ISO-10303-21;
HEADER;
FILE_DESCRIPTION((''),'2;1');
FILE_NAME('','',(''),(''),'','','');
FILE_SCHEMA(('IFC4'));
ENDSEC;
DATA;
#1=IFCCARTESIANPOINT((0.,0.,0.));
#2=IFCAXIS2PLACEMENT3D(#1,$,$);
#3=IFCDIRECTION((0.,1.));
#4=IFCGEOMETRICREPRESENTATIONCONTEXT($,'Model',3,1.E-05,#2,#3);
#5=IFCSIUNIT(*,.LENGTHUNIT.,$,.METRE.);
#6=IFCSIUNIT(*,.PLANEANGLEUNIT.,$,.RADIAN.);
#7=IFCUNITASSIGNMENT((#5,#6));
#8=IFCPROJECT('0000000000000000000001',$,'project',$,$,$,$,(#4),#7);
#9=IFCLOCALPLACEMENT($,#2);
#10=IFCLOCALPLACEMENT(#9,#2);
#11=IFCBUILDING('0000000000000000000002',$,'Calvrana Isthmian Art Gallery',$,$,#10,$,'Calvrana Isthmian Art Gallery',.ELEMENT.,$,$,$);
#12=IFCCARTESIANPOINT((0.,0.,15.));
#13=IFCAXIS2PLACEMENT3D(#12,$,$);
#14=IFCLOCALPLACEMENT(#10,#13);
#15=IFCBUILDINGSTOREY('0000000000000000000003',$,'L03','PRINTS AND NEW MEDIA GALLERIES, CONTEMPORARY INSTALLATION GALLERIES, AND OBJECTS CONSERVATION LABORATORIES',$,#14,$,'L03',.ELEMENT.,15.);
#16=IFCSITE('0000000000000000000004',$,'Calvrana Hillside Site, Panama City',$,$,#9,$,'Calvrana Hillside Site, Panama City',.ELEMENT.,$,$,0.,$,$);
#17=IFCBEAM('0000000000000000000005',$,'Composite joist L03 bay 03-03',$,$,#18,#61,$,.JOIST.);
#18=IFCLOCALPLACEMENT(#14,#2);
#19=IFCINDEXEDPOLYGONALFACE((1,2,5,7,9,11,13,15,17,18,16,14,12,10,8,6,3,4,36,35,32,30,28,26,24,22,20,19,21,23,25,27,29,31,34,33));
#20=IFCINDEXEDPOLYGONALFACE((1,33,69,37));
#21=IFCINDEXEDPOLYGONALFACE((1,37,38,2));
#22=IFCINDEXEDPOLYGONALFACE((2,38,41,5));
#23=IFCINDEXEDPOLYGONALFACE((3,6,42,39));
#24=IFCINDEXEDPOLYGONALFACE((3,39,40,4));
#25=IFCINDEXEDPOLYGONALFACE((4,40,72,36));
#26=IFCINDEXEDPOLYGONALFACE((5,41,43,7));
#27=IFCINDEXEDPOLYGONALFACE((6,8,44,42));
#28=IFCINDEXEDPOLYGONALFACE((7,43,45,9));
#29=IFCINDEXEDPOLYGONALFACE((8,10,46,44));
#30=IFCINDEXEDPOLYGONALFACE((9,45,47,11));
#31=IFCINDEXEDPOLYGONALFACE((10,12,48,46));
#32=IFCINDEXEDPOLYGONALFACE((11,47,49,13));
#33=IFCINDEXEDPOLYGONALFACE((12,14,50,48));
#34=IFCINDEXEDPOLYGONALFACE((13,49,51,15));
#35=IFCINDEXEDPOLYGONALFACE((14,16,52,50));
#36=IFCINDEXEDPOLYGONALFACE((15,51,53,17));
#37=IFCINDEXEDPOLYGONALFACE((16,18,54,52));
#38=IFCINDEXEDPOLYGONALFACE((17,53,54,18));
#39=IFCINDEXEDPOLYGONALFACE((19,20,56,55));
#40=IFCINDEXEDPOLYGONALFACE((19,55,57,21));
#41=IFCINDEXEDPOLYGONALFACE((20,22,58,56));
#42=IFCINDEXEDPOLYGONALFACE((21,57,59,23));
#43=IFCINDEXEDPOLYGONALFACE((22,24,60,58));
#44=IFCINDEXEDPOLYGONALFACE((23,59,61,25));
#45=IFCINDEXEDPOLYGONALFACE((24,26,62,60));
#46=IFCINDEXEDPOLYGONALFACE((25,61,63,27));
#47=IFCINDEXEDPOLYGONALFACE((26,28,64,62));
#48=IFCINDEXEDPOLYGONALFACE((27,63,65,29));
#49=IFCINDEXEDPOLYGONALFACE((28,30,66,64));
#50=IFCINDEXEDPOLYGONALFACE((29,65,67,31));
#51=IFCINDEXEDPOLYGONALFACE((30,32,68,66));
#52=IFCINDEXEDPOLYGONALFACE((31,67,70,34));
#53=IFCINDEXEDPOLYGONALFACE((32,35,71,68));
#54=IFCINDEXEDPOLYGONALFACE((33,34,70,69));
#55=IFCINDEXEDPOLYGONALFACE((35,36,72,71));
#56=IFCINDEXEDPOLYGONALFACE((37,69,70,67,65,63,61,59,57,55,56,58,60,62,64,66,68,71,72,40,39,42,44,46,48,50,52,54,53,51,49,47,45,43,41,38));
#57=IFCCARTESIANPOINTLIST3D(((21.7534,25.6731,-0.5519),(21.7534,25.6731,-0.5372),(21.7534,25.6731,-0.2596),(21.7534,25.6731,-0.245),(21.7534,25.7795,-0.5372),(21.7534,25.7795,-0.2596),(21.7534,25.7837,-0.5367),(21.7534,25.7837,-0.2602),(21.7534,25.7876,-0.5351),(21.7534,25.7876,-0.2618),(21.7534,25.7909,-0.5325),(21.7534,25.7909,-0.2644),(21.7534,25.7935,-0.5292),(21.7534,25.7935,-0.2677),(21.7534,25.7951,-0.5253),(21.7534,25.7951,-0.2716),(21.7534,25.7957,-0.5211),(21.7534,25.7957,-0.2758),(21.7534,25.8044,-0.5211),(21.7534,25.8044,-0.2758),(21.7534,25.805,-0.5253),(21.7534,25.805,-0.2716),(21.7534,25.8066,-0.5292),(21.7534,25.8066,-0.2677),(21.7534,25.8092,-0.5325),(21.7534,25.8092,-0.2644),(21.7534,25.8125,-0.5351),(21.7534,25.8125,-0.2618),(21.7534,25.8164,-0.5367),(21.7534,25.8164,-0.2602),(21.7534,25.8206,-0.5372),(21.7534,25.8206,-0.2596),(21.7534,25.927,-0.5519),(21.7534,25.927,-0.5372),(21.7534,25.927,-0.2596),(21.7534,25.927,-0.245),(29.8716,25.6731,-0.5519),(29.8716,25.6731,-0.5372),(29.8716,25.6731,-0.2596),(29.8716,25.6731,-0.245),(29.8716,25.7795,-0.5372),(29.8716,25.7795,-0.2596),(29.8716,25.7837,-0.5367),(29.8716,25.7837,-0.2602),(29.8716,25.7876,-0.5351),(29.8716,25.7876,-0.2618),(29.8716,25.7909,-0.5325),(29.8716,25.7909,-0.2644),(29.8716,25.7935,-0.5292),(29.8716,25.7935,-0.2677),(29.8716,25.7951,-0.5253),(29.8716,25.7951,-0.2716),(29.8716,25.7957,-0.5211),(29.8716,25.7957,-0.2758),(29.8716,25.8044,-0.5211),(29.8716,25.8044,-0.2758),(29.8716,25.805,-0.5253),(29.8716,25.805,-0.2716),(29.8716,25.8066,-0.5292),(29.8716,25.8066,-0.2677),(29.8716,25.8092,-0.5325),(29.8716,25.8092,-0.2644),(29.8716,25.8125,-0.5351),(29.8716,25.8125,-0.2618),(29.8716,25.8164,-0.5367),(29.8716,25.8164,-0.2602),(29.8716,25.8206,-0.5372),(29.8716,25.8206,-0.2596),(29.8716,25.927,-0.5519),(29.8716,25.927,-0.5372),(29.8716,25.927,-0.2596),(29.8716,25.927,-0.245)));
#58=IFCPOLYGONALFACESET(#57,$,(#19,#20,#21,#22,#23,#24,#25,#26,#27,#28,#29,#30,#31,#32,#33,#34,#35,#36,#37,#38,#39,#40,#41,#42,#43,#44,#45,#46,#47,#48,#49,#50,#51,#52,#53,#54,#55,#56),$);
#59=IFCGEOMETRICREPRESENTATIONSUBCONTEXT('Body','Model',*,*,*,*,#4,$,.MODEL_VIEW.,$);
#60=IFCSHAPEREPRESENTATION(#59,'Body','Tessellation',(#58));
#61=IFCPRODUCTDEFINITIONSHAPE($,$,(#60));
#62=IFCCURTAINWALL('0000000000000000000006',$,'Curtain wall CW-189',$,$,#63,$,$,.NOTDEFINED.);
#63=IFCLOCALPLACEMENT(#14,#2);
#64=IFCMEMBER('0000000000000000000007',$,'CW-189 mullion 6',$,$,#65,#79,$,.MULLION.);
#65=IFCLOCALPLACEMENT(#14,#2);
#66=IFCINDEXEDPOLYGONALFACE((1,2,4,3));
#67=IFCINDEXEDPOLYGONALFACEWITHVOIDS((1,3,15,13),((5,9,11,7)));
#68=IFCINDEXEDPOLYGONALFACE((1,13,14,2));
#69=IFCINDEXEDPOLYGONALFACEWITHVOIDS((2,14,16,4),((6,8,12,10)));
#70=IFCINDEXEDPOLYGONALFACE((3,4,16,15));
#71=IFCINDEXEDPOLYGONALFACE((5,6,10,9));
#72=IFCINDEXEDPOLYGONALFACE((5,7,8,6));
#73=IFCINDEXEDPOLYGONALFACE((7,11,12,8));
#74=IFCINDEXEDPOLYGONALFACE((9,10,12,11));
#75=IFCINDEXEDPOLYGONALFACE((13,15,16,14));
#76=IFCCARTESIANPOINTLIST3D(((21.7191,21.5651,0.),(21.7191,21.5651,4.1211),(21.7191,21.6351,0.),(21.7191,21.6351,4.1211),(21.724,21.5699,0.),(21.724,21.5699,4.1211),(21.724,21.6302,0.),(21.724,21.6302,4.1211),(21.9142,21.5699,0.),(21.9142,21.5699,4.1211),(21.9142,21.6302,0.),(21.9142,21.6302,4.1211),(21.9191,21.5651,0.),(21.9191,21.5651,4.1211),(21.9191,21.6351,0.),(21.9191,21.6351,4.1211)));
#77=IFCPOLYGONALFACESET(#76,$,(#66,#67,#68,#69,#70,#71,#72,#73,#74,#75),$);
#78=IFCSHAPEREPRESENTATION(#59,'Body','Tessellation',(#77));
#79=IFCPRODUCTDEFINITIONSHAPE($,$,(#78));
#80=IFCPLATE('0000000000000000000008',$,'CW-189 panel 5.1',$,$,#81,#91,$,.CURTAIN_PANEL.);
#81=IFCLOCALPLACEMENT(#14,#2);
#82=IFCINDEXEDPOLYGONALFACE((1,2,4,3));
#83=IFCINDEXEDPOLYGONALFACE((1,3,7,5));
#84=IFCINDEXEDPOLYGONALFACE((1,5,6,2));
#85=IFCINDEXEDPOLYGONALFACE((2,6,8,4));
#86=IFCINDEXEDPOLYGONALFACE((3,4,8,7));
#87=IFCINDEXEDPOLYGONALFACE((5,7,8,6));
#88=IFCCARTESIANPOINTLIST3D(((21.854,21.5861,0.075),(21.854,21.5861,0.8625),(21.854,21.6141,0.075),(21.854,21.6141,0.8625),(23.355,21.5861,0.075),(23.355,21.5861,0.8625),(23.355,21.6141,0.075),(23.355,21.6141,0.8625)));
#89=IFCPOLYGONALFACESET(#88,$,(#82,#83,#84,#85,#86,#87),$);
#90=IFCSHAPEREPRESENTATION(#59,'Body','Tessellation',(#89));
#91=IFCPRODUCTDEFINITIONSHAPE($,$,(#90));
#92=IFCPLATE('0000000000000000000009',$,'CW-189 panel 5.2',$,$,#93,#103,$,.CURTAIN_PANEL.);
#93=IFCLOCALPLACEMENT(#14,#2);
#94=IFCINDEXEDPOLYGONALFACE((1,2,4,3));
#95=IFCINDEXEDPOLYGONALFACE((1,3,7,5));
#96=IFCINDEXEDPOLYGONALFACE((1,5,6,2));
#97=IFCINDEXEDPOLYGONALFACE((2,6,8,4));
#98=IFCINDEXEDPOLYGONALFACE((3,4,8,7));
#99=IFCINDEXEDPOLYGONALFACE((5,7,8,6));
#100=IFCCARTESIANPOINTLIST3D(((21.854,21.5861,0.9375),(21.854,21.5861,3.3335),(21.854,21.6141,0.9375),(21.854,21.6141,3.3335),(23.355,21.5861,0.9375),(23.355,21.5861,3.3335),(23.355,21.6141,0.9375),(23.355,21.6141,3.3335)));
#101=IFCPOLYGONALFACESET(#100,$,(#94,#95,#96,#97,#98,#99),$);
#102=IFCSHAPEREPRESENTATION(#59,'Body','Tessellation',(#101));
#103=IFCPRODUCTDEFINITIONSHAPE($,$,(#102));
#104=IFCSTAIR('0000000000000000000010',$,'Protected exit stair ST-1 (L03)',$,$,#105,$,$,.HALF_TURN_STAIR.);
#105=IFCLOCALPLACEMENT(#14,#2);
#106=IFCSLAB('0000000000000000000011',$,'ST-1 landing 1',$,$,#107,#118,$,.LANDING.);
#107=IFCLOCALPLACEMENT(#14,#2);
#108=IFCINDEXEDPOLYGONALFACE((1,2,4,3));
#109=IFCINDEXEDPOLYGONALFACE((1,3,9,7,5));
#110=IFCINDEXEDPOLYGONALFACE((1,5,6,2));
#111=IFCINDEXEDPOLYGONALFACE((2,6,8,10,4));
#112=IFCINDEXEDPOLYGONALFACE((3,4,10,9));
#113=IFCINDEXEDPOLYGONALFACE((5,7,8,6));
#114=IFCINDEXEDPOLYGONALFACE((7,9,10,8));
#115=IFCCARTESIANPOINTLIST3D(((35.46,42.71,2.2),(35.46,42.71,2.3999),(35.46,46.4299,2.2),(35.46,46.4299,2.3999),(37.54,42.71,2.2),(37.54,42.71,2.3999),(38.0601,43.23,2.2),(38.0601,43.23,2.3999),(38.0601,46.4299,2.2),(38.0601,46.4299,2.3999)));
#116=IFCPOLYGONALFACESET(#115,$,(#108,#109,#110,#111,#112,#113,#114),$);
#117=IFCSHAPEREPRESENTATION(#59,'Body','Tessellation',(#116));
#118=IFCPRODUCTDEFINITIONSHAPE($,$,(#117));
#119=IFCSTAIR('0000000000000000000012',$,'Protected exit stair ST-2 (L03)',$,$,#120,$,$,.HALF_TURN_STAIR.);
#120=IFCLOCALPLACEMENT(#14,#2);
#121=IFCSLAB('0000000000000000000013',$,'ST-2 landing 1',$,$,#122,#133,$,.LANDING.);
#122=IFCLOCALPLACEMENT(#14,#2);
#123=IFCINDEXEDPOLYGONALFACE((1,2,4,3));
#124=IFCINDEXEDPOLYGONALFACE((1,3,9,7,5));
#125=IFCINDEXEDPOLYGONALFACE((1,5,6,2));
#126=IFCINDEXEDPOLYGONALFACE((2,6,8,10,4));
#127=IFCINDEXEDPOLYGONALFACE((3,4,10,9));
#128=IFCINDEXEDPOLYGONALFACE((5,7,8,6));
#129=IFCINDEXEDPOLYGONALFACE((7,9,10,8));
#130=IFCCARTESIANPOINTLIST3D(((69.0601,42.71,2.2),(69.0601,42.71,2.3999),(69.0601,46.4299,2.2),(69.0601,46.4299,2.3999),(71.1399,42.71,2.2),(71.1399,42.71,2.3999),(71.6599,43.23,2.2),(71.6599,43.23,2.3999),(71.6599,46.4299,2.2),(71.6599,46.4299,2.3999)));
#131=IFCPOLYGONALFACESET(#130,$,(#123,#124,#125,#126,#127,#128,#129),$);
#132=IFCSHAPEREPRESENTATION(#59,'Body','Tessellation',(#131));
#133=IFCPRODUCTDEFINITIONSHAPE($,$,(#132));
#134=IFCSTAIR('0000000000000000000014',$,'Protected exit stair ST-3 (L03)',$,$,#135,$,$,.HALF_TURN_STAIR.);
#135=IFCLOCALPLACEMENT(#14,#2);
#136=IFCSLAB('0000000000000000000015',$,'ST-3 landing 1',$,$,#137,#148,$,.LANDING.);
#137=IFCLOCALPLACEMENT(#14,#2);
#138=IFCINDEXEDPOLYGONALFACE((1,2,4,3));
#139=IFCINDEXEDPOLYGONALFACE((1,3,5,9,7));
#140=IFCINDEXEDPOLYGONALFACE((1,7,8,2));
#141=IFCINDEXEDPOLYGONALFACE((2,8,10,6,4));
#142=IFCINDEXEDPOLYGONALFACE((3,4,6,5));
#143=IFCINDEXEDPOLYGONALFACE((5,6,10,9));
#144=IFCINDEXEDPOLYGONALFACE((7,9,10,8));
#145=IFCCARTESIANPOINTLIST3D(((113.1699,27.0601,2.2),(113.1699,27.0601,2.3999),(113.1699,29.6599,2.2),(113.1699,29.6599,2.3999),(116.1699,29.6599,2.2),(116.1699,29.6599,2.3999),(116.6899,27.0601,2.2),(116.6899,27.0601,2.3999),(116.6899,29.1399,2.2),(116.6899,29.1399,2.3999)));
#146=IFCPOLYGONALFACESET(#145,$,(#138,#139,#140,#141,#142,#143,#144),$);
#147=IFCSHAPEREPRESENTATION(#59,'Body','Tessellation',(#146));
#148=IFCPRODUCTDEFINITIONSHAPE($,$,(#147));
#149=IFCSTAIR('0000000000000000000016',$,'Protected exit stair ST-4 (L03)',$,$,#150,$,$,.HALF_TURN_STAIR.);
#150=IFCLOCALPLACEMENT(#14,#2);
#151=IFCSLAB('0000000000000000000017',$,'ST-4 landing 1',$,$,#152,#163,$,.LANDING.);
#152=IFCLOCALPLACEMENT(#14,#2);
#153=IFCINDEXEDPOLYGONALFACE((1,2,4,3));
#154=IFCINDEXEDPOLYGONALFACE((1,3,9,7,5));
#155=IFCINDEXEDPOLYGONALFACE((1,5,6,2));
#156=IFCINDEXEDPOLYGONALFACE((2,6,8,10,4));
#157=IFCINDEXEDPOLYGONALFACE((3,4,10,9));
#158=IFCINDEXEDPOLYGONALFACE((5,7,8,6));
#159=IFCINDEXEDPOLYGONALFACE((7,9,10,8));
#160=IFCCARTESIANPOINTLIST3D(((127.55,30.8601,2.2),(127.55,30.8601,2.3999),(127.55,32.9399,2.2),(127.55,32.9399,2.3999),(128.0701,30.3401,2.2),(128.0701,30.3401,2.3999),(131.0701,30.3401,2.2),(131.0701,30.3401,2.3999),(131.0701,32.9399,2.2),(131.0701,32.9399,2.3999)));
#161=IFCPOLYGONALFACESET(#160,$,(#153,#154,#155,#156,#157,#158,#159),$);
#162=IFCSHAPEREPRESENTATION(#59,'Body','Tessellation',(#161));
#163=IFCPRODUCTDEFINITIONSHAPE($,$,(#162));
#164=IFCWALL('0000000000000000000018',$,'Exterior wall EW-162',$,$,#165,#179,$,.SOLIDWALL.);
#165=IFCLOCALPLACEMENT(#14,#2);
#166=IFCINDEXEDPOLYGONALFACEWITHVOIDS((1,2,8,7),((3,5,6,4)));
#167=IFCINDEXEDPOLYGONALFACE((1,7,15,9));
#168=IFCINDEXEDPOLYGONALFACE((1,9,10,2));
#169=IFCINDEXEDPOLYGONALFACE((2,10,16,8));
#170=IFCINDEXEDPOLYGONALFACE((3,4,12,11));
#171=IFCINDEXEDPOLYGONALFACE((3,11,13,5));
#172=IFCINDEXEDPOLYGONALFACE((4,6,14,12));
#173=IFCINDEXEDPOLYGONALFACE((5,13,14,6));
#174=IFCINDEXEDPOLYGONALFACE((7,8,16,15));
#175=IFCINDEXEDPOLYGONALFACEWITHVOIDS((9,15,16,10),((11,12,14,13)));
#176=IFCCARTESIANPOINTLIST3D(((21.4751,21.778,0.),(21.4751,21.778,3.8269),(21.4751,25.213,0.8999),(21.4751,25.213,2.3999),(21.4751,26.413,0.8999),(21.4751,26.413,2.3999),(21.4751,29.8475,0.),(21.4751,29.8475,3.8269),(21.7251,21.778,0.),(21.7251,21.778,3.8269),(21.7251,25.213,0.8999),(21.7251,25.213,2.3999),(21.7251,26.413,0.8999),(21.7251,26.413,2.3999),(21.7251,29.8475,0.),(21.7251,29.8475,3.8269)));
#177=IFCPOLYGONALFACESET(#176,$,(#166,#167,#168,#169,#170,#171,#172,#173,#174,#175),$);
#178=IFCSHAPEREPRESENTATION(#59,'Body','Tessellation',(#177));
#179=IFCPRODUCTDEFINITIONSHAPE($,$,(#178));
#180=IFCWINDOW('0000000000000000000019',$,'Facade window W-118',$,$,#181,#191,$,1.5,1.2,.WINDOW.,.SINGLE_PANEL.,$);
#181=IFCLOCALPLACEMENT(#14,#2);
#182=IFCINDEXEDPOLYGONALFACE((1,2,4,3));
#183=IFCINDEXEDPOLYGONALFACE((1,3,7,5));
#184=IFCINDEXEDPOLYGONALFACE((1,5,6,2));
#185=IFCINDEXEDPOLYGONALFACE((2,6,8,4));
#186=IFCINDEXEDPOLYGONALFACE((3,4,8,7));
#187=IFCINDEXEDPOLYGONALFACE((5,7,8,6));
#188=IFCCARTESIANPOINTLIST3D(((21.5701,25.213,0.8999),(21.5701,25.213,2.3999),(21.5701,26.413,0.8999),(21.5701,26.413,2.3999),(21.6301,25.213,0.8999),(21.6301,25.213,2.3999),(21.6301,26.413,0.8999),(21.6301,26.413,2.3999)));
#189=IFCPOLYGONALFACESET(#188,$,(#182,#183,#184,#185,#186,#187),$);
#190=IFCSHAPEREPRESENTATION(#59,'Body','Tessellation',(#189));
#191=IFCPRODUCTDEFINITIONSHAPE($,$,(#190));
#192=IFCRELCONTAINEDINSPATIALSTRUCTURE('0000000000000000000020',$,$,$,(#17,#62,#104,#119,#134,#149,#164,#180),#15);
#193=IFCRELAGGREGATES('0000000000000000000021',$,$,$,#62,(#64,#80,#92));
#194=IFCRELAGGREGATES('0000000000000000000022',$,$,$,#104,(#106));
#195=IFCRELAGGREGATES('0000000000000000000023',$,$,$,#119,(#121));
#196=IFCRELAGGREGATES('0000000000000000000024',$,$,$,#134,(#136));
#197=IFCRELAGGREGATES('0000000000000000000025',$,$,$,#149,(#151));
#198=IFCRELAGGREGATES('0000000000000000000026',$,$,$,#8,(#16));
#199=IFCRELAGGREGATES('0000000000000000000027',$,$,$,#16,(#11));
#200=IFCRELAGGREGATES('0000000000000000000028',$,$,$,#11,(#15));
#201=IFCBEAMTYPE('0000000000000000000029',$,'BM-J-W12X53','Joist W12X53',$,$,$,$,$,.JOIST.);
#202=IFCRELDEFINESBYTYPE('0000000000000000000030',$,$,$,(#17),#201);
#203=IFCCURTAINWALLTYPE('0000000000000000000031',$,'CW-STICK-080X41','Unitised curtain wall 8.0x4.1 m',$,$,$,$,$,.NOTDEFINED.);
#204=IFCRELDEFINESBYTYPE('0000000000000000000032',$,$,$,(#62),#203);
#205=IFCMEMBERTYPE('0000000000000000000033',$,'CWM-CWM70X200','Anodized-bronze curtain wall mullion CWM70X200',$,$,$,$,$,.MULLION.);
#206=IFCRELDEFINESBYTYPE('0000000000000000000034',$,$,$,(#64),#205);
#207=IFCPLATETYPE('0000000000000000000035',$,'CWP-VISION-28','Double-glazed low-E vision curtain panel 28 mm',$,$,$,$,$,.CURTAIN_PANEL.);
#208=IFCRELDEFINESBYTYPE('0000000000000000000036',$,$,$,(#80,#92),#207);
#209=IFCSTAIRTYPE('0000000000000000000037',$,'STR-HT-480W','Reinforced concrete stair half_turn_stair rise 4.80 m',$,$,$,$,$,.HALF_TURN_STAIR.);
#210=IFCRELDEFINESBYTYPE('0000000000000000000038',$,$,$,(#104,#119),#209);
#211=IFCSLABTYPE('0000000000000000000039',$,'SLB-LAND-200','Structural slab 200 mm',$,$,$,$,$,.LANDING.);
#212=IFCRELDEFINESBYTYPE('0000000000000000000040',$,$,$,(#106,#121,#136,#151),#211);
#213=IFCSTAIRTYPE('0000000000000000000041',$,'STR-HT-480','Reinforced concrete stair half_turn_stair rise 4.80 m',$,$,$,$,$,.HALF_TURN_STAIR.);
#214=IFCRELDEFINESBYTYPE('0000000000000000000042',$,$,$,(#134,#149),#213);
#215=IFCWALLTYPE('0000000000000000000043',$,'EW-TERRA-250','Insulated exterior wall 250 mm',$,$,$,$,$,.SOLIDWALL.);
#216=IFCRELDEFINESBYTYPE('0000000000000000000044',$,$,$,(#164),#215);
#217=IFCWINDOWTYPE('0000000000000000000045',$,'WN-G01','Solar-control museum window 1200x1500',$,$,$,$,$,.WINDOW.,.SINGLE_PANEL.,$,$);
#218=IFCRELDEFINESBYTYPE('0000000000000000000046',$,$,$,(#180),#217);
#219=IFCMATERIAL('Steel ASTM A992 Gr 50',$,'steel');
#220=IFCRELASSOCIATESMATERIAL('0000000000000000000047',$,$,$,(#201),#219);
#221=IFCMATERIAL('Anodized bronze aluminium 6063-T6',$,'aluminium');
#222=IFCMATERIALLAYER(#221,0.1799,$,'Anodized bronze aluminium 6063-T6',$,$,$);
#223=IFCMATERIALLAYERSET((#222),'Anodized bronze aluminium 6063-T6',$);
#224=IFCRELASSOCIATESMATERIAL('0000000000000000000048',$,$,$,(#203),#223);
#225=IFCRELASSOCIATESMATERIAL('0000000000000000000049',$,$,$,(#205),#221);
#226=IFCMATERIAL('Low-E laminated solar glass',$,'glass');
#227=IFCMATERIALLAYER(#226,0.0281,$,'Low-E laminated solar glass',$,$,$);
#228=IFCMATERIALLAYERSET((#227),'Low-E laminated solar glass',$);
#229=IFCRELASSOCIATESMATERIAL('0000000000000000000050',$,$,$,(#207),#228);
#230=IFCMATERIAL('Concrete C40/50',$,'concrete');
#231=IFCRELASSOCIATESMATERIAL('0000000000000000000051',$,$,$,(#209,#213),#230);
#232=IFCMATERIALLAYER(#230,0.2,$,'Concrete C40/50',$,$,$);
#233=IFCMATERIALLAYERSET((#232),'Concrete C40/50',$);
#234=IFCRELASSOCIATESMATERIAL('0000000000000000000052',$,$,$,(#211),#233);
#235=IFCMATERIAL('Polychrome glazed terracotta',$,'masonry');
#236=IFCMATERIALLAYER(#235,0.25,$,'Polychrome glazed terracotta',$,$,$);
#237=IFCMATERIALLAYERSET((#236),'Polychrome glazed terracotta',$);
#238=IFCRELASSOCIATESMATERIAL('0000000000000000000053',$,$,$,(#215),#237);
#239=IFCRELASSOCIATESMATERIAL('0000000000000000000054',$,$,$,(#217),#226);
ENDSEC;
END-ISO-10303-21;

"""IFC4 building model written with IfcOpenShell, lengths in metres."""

from ifc_helpers import new_model, si_unit, direction, frame, frame_2d, origin, origin_2d, place, context, subcontext, project, spatial, polyline, rectangle, hollow_rectangle, i_section, outline, extrude, material, layer, layer_set, material_profile, profile_set, type_object, element, fill, aggregate, save


model = new_model("IFC4")

# Units and contexts
model_context = context("Model", 3, precision=1e-05, world=origin(), true_north=direction((0.0, 1.0)))
body_context = subcontext(model_context, "Body", "Model", "MODEL_VIEW")
ifc_project = project(units=[si_unit("LENGTHUNIT", "METRE"), si_unit("PLANEANGLEUNIT", "RADIAN")], contexts=[model_context])

# Site, building, storey
site_placement = place(None, origin())
site = spatial("IfcSite", under=ifc_project, at=site_placement, Name="Calvrana Hillside Site, Panama City", LongName="Calvrana Hillside Site, Panama City", CompositionType="ELEMENT", RefElevation=0.0)
building_placement = place(site_placement, origin())
building = spatial("IfcBuilding", under=site, at=building_placement, Name="Calvrana Isthmian Art Gallery", LongName="Calvrana Isthmian Art Gallery", CompositionType="ELEMENT")
storey_placement = place(building_placement, frame((0.0, 0.0, 15.0)))
storey = spatial("IfcBuildingStorey", under=building, at=storey_placement, Name="L03", Description="PRINTS AND NEW MEDIA GALLERIES, CONTEMPORARY INSTALLATION GALLERIES, AND OBJECTS CONSERVATION LABORATORIES", LongName="L03", CompositionType="ELEMENT", Elevation=15.0)

# Shared definitions
ifc_material_1 = material(Name="Steel ASTM A992 Gr 50", Category="steel")

# Beam
ifc_material_profile_1 = material_profile(ifc_material_1, i_section(OverallWidth=0.2539, OverallDepth=0.3069, WebThickness=0.0088, FlangeThickness=0.0146, FilletRadius=0.0161, at=origin_2d()), Name="W12X53")
ifc_profile_set_1 = profile_set([ifc_material_profile_1], Name="Steel ASTM A992 Gr 50")
beam_type_1 = type_object("IfcBeamType", Name="BM-J-W12X53", Description="Joist W12X53", PredefinedType="JOIST", material=ifc_profile_set_1)
beam_1_placement = place(storey_placement, frame((21.7534, 25.8, -0.3984), z_axis=(1.0, 0.0, 0.0), x_axis=(0.0, 1.0, 0.0)))
element("IfcBeam", 1, at=beam_1_placement, inside=storey, type_object=beam_type_1, Name="Composite joist L03 bay 03-03", PredefinedType="JOIST", context=body_context, shape_type="SweptSolid", body=[
    extrude(i_section(OverallWidth=0.2539, OverallDepth=0.3069, WebThickness=0.0088, FlangeThickness=0.0146, FilletRadius=0.0161, at=origin_2d()), origin(), (0.0, 0.0, 1.0), 8.1182),
])

# Curtain wall, member, plates
ifc_material_2 = material(Name="Anodized bronze aluminium 6063-T6", Category="aluminium")
ifc_layer_1 = layer(ifc_material_2, 0.1799, Name="Anodized bronze aluminium 6063-T6")
ifc_layer_set_1 = layer_set([ifc_layer_1], Name="Anodized bronze aluminium 6063-T6")
curtain_wall_type = type_object("IfcCurtainWallType", Name="CW-STICK-080X41", Description="Unitised curtain wall 8.0x4.1 m", PredefinedType="NOTDEFINED", material=ifc_layer_set_1)
curtain_wall_placement = place(storey_placement, origin())
curtain_wall = element("IfcCurtainWall", 2, at=curtain_wall_placement, inside=storey, type_object=curtain_wall_type, Name="Curtain wall CW-189", PredefinedType="NOTDEFINED")
ifc_material_profile_2 = material_profile(ifc_material_2, hollow_rectangle(XDim=0.0701, YDim=0.2, WallThickness=0.0049, at=origin_2d()), Name="CWM70X200")
ifc_profile_set_2 = profile_set([ifc_material_profile_2], Name="Anodized bronze aluminium 6063-T6")
member_type = type_object("IfcMemberType", Name="CWM-CWM70X200", Description="Anodized-bronze curtain wall mullion CWM70X200", PredefinedType="MULLION", material=ifc_profile_set_2)
member_placement = place(storey_placement, frame((21.8191, 21.6001, 0.0), z_axis=(0.0, 0.0, 1.0), x_axis=(0.0, -1.0, 0.0)))
member = element("IfcMember", 3, at=member_placement, type_object=member_type, Name="CW-189 mullion 6", PredefinedType="MULLION", context=body_context, shape_type="SweptSolid", body=[
    extrude(hollow_rectangle(XDim=0.0701, YDim=0.2, WallThickness=0.0049, at=origin_2d()), origin(), (0.0, 0.0, 1.0), 4.1211),
])
ifc_material_3 = material(Name="Low-E laminated solar glass", Category="glass")
ifc_layer_2 = layer(ifc_material_3, 0.0281, Name="Low-E laminated solar glass")
ifc_layer_set_2 = layer_set([ifc_layer_2], Name="Low-E laminated solar glass")
plate_type = type_object("IfcPlateType", Name="CWP-VISION-28", Description="Double-glazed low-E vision curtain panel 28 mm", PredefinedType="CURTAIN_PANEL", material=ifc_layer_set_2)
plate_1_placement = place(storey_placement, frame((22.6045, 21.6001, 0.075), z_axis=(0.0, 0.0, 1.0), x_axis=(-1.0, 0.0, 0.0)))
plate_1 = element("IfcPlate", 4, at=plate_1_placement, type_object=plate_type, Name="CW-189 panel 5.1", PredefinedType="CURTAIN_PANEL", context=body_context, shape_type="SweptSolid", body=[
    extrude(rectangle(XDim=1.501, YDim=0.0281, at=origin_2d()), origin(), (0.0, 0.0, 1.0), 0.7876),
])
plate_2_placement = place(storey_placement, frame((22.6045, 21.6001, 0.9375), z_axis=(0.0, 0.0, 1.0), x_axis=(-1.0, 0.0, 0.0)))
plate_2 = element("IfcPlate", 5, at=plate_2_placement, type_object=plate_type, Name="CW-189 panel 5.2", PredefinedType="CURTAIN_PANEL", context=body_context, shape_type="SweptSolid", body=[
    extrude(rectangle(XDim=1.501, YDim=0.0281, at=origin_2d()), origin(), (0.0, 0.0, 1.0), 2.396),
])
aggregate(curtain_wall, [member, plate_1, plate_2])

# Stairs, slabs
ifc_material_4 = material(Name="Concrete C40/50", Category="concrete")
stair_type_1 = type_object("IfcStairType", Name="STR-HT-480W", Description="Reinforced concrete stair half_turn_stair rise 4.80 m", PredefinedType="HALF_TURN_STAIR", material=ifc_material_4)
stair_1_placement = place(storey_placement, origin())
stair_1 = element("IfcStair", 6, at=stair_1_placement, inside=storey, type_object=stair_type_1, Name="Protected exit stair ST-1 (L03)", PredefinedType="HALF_TURN_STAIR")
ifc_layer_3 = layer(ifc_material_4, 0.2, Name="Concrete C40/50")
ifc_layer_set_3 = layer_set([ifc_layer_3], Name="Concrete C40/50")
slab_type = type_object("IfcSlabType", Name="SLB-LAND-200", Description="Structural slab 200 mm", PredefinedType="LANDING", material=ifc_layer_set_3)
slab_1_placement = place(storey_placement, frame((0.0, 0.0, 2.2)))
slab_1 = element("IfcSlab", 7, at=slab_1_placement, type_object=slab_type, Name="ST-1 landing 1", PredefinedType="LANDING", context=body_context, shape_type="SweptSolid", body=[
    extrude(outline(polyline([(35.46, 42.71), (37.54, 42.71), (38.0601, 43.23), (38.0601, 46.4299), (35.46, 46.4299), (35.46, 42.71)])), origin(), (0.0, 0.0, 1.0), 0.2),
])
aggregate(stair_1, [slab_1])
stair_2_placement = place(storey_placement, origin())
stair_2 = element("IfcStair", 8, at=stair_2_placement, inside=storey, type_object=stair_type_1, Name="Protected exit stair ST-2 (L03)", PredefinedType="HALF_TURN_STAIR")
slab_2_placement = place(storey_placement, frame((0.0, 0.0, 2.2)))
slab_2 = element("IfcSlab", 9, at=slab_2_placement, type_object=slab_type, Name="ST-2 landing 1", PredefinedType="LANDING", context=body_context, shape_type="SweptSolid", body=[
    extrude(outline(polyline([(69.0601, 42.71), (71.1399, 42.71), (71.6599, 43.23), (71.6599, 46.4299), (69.0601, 46.4299), (69.0601, 42.71)])), origin(), (0.0, 0.0, 1.0), 0.2),
])
aggregate(stair_2, [slab_2])
stair_type_2 = type_object("IfcStairType", Name="STR-HT-480", Description="Reinforced concrete stair half_turn_stair rise 4.80 m", PredefinedType="HALF_TURN_STAIR", material=ifc_material_4)
stair_3_placement = place(storey_placement, origin())
stair_3 = element("IfcStair", 10, at=stair_3_placement, inside=storey, type_object=stair_type_2, Name="Protected exit stair ST-3 (L03)", PredefinedType="HALF_TURN_STAIR")
slab_3_placement = place(storey_placement, frame((0.0, 0.0, 2.2)))
slab_3 = element("IfcSlab", 11, at=slab_3_placement, type_object=slab_type, Name="ST-3 landing 1", PredefinedType="LANDING", context=body_context, shape_type="SweptSolid", body=[
    extrude(outline(polyline([(116.6899, 27.0601), (116.6899, 29.1399), (116.1699, 29.6599), (113.1699, 29.6599), (113.1699, 27.0601), (116.6899, 27.0601)])), origin(), (0.0, 0.0, 1.0), 0.2),
])
aggregate(stair_3, [slab_3])
stair_4_placement = place(storey_placement, origin())
stair_4 = element("IfcStair", 12, at=stair_4_placement, inside=storey, type_object=stair_type_2, Name="Protected exit stair ST-4 (L03)", PredefinedType="HALF_TURN_STAIR")
slab_4_placement = place(storey_placement, frame((0.0, 0.0, 2.2)))
slab_4 = element("IfcSlab", 13, at=slab_4_placement, type_object=slab_type, Name="ST-4 landing 1", PredefinedType="LANDING", context=body_context, shape_type="SweptSolid", body=[
    extrude(outline(polyline([(127.55, 32.9399), (127.55, 30.8601), (128.0701, 30.3401), (131.0701, 30.3401), (131.0701, 32.9399), (127.55, 32.9399)])), origin(), (0.0, 0.0, 1.0), 0.2),
])
aggregate(stair_4, [slab_4])

# Wall, opening, window
ifc_material_5 = material(Name="Polychrome glazed terracotta", Category="masonry")
ifc_layer_4 = layer(ifc_material_5, 0.25, Name="Polychrome glazed terracotta")
ifc_layer_set_4 = layer_set([ifc_layer_4], Name="Polychrome glazed terracotta")
wall_type = type_object("IfcWallType", Name="EW-TERRA-250", Description="Insulated exterior wall 250 mm", PredefinedType="SOLIDWALL", material=ifc_layer_set_4)
wall_placement = place(storey_placement, frame((21.6001, 21.7781, 0.0), z_axis=(0.0, 0.0, 1.0), x_axis=(0.0, 1.0, 0.0)))
wall = element("IfcWall", 14, at=wall_placement, inside=storey, type_object=wall_type, Name="Exterior wall EW-162", PredefinedType="SOLIDWALL", context=body_context, shape_type="SweptSolid", body=[
    extrude(rectangle(XDim=8.0696, YDim=0.25, at=frame_2d((4.0347, 0.0))), origin(), (0.0, 0.0, 1.0), 3.8269),
])
opening_placement = place(wall_placement, frame((3.4348, 0.0, 0.8999)))
opening = element("IfcOpeningElement", 15, at=opening_placement, cuts=wall, PredefinedType="OPENING", context=body_context, shape_type="SweptSolid", body=[
    extrude(rectangle(XDim=1.2, YDim=1.5, at=frame_2d((0.6001, 0.75))), frame((0.0, 0.1353, 0.0), z_axis=(0.0, -1.0, 0.0), x_axis=(1.0, 0.0, 0.0)), (0.0, 0.0, 1.0), 0.2705),
])
window_type = type_object("IfcWindowType", Name="WN-G01", Description="Solar-control museum window 1200x1500", PartitioningType="SINGLE_PANEL", PredefinedType="WINDOW", material=ifc_material_3)
window_placement = place(opening_placement, origin())
window = element("IfcWindow", 16, at=window_placement, inside=storey, type_object=window_type, Name="Facade window W-118", OverallHeight=1.5, OverallWidth=1.2, PartitioningType="SINGLE_PANEL", PredefinedType="WINDOW", context=body_context, shape_type="SweptSolid", body=[
    extrude(rectangle(XDim=1.2, YDim=1.5, at=frame_2d((0.6001, 0.75))), frame((0.0, 0.03, 0.0), z_axis=(0.0, -1.0, 0.0), x_axis=(1.0, 0.0, 0.0)), (0.0, 0.0, 1.0), 0.0601),
])
fill(opening, window)

save(model, "model.ifc")
